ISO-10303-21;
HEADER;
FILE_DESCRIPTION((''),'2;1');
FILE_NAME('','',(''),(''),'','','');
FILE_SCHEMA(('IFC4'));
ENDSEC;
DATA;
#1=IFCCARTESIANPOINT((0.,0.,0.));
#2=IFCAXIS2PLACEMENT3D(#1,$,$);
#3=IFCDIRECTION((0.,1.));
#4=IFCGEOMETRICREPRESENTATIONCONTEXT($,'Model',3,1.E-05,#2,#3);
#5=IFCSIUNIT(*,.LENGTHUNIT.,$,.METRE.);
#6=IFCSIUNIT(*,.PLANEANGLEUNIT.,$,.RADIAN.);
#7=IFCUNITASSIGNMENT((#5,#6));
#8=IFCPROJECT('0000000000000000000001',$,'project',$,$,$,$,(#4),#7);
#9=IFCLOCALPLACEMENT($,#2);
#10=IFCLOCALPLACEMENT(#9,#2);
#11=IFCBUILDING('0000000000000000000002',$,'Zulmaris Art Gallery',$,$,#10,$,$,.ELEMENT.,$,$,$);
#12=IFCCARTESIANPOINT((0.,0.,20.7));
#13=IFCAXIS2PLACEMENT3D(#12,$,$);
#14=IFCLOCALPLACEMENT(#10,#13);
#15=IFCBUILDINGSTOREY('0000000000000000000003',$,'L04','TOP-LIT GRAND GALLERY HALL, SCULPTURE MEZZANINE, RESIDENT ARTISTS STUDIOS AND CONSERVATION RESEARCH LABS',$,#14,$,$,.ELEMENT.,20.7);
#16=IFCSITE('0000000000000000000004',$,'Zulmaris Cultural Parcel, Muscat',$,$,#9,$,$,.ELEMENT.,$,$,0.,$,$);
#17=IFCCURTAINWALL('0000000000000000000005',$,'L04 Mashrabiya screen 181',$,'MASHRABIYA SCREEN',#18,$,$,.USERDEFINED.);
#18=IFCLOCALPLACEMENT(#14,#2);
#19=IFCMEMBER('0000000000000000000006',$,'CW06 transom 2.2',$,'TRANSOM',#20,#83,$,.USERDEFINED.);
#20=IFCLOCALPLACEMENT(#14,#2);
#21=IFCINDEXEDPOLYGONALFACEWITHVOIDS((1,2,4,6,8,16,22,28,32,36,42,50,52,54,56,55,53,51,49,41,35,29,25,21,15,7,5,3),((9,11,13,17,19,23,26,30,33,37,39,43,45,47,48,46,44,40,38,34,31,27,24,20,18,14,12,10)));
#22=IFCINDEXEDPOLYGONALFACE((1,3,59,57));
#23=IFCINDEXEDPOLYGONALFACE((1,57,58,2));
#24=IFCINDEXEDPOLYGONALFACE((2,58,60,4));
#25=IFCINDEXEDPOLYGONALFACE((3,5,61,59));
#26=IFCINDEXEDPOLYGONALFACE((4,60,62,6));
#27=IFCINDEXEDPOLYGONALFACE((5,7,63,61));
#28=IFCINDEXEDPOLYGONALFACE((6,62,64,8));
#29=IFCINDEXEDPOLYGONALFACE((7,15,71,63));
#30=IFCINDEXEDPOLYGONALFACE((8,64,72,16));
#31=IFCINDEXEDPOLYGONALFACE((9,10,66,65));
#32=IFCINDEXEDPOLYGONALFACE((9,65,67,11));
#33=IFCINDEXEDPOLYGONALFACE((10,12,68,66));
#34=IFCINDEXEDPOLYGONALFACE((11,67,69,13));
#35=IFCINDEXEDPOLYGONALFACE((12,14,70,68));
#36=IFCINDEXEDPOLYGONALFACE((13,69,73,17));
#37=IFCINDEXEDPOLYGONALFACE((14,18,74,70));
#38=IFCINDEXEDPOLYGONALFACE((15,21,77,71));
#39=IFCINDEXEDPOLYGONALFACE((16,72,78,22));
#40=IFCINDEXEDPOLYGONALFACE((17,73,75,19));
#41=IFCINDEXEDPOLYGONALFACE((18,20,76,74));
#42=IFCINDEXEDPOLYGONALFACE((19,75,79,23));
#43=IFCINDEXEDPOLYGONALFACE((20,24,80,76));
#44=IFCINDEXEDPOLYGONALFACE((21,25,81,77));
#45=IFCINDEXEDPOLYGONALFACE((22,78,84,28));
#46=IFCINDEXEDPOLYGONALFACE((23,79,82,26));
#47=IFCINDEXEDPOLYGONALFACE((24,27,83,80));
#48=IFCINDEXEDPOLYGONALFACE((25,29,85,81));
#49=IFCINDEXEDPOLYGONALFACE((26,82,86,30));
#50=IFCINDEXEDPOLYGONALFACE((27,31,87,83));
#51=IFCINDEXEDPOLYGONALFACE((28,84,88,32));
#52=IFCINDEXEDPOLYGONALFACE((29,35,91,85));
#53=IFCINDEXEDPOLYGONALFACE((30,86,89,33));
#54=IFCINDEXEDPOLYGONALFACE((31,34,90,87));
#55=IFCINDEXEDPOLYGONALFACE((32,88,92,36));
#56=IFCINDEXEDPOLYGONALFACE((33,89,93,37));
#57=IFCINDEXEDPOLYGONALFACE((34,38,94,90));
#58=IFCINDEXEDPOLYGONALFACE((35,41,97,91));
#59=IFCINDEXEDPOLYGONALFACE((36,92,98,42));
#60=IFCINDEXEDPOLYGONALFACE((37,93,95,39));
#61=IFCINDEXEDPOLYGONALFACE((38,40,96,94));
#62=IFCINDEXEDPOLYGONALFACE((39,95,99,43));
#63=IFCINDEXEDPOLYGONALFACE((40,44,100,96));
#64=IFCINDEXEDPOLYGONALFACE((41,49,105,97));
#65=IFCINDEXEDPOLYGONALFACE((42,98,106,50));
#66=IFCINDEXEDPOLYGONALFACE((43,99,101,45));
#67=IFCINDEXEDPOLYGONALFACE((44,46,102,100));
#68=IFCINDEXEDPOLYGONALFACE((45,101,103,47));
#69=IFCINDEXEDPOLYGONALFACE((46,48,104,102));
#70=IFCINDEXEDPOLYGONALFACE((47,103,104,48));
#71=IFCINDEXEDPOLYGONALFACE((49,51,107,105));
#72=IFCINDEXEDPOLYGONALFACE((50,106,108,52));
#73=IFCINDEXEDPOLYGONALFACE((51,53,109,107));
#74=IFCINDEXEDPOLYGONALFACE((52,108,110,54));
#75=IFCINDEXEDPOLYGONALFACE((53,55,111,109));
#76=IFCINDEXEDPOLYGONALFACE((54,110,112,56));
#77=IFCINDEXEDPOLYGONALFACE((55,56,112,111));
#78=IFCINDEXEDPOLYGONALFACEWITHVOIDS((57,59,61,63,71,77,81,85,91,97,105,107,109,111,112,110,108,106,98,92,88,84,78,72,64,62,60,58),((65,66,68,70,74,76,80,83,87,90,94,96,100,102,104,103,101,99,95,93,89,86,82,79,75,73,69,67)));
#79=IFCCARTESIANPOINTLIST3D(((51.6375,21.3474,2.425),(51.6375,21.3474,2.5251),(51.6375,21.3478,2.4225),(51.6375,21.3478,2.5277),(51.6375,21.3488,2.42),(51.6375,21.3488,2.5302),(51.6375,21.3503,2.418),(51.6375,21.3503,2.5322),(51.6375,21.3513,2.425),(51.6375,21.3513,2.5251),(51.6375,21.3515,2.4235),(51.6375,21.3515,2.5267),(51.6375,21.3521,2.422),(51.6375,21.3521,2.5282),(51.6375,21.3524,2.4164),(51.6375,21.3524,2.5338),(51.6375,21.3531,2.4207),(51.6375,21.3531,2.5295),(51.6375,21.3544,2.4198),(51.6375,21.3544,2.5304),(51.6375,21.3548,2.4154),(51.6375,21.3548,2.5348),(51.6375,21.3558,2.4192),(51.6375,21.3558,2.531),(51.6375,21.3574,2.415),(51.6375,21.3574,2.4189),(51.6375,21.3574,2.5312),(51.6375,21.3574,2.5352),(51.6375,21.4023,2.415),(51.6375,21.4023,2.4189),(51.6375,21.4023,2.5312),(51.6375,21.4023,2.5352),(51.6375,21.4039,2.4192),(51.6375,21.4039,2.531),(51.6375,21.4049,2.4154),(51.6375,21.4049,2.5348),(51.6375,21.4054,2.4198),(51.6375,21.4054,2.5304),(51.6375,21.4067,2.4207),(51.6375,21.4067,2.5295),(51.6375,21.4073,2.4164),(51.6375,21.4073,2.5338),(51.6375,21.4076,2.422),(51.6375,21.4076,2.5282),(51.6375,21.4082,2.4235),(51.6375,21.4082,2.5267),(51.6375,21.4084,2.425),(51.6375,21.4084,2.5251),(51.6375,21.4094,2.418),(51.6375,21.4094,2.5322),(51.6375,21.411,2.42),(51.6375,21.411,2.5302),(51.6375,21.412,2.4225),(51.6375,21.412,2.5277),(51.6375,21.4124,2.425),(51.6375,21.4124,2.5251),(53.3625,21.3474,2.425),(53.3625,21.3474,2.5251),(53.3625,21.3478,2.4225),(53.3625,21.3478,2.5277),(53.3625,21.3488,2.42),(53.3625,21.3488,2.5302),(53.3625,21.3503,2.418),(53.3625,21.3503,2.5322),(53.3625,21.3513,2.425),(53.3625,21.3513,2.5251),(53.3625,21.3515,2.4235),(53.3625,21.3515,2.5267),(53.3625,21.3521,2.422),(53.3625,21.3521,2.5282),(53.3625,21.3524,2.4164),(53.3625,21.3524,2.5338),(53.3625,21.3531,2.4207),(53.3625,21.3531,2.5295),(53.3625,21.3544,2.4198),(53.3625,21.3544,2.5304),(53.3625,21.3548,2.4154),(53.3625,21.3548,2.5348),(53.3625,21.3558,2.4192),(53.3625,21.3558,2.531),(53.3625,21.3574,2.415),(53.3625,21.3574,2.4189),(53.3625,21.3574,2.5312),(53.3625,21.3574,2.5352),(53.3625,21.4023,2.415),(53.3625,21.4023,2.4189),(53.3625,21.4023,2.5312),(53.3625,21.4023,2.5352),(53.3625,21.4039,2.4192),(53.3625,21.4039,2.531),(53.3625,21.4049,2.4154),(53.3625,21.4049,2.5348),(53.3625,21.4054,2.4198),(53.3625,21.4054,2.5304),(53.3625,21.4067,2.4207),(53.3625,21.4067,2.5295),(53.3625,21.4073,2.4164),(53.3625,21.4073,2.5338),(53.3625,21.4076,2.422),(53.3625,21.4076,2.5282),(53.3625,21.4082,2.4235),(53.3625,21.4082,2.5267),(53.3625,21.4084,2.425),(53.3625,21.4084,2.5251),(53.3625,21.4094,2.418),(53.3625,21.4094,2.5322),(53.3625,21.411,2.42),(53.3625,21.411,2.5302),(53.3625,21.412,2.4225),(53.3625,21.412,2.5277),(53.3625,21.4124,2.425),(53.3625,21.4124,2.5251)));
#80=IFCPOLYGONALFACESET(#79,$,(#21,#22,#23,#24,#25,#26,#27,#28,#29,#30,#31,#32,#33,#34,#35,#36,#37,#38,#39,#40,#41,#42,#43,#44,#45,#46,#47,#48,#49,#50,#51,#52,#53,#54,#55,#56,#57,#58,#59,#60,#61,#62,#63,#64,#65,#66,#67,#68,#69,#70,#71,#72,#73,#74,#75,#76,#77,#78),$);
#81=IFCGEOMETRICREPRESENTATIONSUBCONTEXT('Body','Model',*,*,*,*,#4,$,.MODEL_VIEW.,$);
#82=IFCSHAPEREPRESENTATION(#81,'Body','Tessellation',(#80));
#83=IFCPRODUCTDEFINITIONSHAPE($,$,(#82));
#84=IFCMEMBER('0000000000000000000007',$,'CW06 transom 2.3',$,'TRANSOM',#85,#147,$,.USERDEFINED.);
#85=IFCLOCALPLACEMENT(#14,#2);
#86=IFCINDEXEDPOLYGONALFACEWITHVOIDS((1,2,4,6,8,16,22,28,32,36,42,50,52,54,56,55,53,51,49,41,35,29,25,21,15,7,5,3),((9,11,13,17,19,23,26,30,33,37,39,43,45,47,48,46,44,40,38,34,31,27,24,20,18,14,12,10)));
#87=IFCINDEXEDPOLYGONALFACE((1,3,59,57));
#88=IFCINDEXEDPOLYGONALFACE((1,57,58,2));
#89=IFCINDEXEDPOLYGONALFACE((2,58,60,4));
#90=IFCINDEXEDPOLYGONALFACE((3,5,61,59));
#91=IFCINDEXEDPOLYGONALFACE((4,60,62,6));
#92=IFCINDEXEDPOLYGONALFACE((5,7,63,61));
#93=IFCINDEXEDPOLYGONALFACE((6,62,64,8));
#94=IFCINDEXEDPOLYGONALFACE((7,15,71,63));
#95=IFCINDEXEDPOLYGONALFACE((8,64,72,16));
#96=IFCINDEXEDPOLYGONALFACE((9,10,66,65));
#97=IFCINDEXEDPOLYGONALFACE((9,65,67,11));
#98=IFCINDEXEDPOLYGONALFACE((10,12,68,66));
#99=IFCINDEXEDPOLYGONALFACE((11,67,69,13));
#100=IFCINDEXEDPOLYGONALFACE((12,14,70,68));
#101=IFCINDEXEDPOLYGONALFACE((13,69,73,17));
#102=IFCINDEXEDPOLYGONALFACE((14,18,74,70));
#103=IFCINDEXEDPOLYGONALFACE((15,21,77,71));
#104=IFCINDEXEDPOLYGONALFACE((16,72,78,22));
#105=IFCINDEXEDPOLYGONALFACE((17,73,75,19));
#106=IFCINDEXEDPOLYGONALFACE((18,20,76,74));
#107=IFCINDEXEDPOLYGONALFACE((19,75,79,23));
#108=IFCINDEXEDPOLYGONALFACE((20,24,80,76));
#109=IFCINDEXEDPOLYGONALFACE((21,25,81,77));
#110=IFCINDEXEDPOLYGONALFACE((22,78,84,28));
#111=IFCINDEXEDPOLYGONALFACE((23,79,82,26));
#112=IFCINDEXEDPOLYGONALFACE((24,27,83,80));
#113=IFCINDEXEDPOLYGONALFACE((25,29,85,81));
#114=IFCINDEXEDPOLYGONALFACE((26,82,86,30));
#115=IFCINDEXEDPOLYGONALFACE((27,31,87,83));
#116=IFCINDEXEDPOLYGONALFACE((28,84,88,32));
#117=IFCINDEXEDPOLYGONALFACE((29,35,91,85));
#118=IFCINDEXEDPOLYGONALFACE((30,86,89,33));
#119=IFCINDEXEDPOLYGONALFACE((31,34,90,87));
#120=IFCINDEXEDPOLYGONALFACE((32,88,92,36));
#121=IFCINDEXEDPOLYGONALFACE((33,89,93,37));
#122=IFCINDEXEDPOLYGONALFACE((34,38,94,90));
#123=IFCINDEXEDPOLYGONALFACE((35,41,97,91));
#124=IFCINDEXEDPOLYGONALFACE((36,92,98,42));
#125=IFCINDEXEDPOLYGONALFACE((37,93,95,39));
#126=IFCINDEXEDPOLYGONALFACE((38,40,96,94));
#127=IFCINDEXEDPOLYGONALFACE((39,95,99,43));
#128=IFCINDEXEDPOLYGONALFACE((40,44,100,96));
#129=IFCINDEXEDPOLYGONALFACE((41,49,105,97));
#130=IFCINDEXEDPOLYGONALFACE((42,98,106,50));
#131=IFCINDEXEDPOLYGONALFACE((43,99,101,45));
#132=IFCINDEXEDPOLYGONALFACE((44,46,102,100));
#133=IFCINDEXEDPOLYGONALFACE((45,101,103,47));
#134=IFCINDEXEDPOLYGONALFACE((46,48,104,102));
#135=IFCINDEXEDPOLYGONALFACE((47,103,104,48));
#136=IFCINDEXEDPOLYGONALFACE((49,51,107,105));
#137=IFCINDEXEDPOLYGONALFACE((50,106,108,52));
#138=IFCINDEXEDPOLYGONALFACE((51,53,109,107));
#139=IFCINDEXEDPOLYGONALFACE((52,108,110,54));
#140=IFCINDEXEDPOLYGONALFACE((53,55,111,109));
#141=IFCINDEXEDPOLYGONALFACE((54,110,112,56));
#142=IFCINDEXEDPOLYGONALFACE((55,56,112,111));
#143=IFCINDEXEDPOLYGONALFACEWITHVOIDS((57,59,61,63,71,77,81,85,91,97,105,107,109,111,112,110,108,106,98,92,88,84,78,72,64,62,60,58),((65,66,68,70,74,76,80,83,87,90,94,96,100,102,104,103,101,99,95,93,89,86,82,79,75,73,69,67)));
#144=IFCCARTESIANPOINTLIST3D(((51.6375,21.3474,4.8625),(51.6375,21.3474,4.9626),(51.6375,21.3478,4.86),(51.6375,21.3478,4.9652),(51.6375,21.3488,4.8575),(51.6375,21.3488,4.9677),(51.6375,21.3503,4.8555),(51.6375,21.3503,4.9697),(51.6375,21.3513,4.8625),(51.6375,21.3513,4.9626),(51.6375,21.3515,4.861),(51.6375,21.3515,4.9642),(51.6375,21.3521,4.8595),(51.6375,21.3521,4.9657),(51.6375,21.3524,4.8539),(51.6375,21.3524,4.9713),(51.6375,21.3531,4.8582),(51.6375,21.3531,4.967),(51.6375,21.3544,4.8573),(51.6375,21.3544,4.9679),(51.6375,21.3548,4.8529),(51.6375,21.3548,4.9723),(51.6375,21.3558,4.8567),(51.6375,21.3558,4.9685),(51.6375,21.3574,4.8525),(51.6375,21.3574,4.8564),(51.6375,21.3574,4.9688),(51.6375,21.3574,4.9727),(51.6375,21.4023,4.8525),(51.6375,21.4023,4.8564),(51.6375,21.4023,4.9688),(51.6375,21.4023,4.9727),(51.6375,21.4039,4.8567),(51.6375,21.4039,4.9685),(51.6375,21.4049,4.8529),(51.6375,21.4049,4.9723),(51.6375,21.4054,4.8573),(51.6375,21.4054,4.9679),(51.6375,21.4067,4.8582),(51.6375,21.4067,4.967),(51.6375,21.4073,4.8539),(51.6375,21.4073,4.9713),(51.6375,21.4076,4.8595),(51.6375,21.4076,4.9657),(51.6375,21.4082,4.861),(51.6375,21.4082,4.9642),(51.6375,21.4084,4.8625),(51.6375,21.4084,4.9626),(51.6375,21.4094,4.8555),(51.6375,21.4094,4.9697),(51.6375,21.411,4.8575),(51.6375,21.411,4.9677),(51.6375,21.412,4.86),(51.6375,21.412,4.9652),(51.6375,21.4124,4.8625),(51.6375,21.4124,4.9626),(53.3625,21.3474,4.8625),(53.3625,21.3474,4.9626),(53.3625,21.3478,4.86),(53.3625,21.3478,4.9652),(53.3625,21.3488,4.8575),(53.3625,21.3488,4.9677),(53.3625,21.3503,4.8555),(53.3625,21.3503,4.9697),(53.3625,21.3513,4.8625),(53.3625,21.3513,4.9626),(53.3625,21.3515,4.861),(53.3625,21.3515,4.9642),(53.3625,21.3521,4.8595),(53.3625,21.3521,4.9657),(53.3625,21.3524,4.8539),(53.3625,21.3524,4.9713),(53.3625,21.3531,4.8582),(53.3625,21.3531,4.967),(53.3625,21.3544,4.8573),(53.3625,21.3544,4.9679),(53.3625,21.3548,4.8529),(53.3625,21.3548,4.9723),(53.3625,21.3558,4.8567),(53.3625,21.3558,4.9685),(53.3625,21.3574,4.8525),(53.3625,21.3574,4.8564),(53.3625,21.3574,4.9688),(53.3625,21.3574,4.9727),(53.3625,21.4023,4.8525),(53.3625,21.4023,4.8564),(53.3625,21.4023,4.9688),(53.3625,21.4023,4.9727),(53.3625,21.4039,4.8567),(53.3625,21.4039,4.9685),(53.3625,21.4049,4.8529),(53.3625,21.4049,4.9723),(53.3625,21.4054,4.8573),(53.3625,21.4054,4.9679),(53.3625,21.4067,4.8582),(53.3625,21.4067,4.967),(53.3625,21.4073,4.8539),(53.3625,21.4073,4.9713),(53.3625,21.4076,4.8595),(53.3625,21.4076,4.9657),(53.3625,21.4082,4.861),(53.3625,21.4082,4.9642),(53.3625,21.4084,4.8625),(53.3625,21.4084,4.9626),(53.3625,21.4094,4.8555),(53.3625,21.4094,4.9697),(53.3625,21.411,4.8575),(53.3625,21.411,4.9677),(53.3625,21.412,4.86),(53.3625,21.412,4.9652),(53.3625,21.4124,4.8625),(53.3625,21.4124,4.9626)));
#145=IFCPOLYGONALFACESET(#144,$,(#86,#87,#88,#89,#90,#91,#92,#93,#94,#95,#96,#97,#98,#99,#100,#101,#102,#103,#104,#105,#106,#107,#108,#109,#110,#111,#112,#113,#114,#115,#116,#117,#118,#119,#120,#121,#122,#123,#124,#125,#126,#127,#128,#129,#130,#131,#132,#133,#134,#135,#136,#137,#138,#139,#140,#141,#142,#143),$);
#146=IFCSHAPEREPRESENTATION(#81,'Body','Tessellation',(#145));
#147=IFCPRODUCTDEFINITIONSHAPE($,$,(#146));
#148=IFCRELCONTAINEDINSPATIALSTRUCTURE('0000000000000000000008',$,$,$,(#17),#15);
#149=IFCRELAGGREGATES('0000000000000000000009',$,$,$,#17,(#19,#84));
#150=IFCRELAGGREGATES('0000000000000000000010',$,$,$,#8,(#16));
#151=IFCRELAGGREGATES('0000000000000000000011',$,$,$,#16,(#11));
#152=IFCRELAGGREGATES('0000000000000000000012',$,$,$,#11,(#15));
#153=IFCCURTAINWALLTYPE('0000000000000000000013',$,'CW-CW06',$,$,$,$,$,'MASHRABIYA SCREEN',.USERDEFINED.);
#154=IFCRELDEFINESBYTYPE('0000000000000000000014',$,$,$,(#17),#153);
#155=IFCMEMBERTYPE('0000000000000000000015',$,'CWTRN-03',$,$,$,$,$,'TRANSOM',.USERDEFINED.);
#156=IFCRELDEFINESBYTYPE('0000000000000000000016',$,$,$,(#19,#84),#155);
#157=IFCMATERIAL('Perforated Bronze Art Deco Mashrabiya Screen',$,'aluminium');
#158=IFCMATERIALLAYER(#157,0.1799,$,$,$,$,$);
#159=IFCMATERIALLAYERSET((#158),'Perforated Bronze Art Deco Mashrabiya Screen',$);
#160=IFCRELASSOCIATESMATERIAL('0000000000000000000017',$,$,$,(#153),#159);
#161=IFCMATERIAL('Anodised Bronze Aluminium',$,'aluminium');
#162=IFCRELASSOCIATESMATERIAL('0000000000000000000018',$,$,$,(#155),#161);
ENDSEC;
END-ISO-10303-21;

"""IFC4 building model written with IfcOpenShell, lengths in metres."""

from ifc_helpers import new_model, si_unit, direction, frame, origin, origin_2d, place, context, subcontext, project, spatial, hollow_rectangle, extrude, material, layer, layer_set, material_profile, profile_set, type_object, element, aggregate, save


model = new_model("IFC4")

# Units and contexts
model_context = context("Model", 3, precision=1e-05, world=origin(), true_north=direction((0.0, 1.0)))
body_context = subcontext(model_context, "Body", "Model", "MODEL_VIEW")
ifc_project = project(units=[si_unit("LENGTHUNIT", "METRE"), si_unit("PLANEANGLEUNIT", "RADIAN")], contexts=[model_context])

# Site, building, storey
site_placement = place(None, origin())
site = spatial("IfcSite", under=ifc_project, at=site_placement, Name="Zulmaris Cultural Parcel, Muscat", CompositionType="ELEMENT", RefElevation=0.0)
building_placement = place(site_placement, origin())
building = spatial("IfcBuilding", under=site, at=building_placement, Name="Zulmaris Art Gallery", CompositionType="ELEMENT")
storey_placement = place(building_placement, frame((0.0, 0.0, 20.7)))
storey = spatial("IfcBuildingStorey", under=building, at=storey_placement, Name="L04", Description="TOP-LIT GRAND GALLERY HALL, SCULPTURE MEZZANINE, RESIDENT ARTISTS STUDIOS AND CONSERVATION RESEARCH LABS", CompositionType="ELEMENT", Elevation=20.7)

# Shared definitions
ifc_material_1 = material(Name="Anodised Bronze Aluminium", Category="aluminium")

# Curtain wall
ifc_material_2 = material(Name="Perforated Bronze Art Deco Mashrabiya Screen", Category="aluminium")
ifc_layer_1 = layer(ifc_material_2, 0.1799)
ifc_layer_set_1 = layer_set([ifc_layer_1], Name="Perforated Bronze Art Deco Mashrabiya Screen")
curtain_wall_type_1 = type_object("IfcCurtainWallType", Name="CW-CW06", ElementType="MASHRABIYA SCREEN", PredefinedType="USERDEFINED", material=ifc_layer_set_1)
curtain_wall_1_placement = place(storey_placement, origin())
curtain_wall_1 = element("IfcCurtainWall", 1, at=curtain_wall_1_placement, inside=storey, type_object=curtain_wall_type_1, Name="L04 Mashrabiya screen 181", ObjectType="MASHRABIYA SCREEN", PredefinedType="USERDEFINED")

# Members
ifc_material_profile_1 = material_profile(ifc_material_1, hollow_rectangle(XDim=0.0649, YDim=0.1201, WallThickness=0.0039, InnerFilletRadius=0.0061, OuterFilletRadius=0.01, at=origin_2d()), Name="ALU 65x120x4")
ifc_profile_set_1 = profile_set([ifc_material_profile_1], Name="Anodised Bronze Aluminium")
member_type_1 = type_object("IfcMemberType", Name="CWTRN-03", ElementType="TRANSOM", PredefinedType="USERDEFINED", material=ifc_profile_set_1)
member_1_placement = place(storey_placement, frame((51.6375, 21.3799, 2.4751), z_axis=(1.0, 0.0, 0.0), x_axis=(0.0, 1.0, 0.0)))
member_1 = element("IfcMember", 2, at=member_1_placement, type_object=member_type_1, Name="CW06 transom 2.2", ObjectType="TRANSOM", PredefinedType="USERDEFINED", context=body_context, shape_type="SweptSolid", body=[
    extrude(hollow_rectangle(XDim=0.0649, YDim=0.1201, WallThickness=0.0039, InnerFilletRadius=0.0061, OuterFilletRadius=0.01, at=origin_2d()), origin(), (0.0, 0.0, 1.0), 1.7251),
])
member_2_placement = place(storey_placement, frame((51.6375, 21.3799, 4.9126), z_axis=(1.0, 0.0, 0.0), x_axis=(0.0, 1.0, 0.0)))
member_2 = element("IfcMember", 3, at=member_2_placement, type_object=member_type_1, Name="CW06 transom 2.3", ObjectType="TRANSOM", PredefinedType="USERDEFINED", context=body_context, shape_type="SweptSolid", body=[
    extrude(hollow_rectangle(XDim=0.0649, YDim=0.1201, WallThickness=0.0039, InnerFilletRadius=0.0061, OuterFilletRadius=0.01, at=origin_2d()), origin(), (0.0, 0.0, 1.0), 1.7251),
])

aggregate(curtain_wall_1, [member_1, member_2])

save(model, "model.ifc")
